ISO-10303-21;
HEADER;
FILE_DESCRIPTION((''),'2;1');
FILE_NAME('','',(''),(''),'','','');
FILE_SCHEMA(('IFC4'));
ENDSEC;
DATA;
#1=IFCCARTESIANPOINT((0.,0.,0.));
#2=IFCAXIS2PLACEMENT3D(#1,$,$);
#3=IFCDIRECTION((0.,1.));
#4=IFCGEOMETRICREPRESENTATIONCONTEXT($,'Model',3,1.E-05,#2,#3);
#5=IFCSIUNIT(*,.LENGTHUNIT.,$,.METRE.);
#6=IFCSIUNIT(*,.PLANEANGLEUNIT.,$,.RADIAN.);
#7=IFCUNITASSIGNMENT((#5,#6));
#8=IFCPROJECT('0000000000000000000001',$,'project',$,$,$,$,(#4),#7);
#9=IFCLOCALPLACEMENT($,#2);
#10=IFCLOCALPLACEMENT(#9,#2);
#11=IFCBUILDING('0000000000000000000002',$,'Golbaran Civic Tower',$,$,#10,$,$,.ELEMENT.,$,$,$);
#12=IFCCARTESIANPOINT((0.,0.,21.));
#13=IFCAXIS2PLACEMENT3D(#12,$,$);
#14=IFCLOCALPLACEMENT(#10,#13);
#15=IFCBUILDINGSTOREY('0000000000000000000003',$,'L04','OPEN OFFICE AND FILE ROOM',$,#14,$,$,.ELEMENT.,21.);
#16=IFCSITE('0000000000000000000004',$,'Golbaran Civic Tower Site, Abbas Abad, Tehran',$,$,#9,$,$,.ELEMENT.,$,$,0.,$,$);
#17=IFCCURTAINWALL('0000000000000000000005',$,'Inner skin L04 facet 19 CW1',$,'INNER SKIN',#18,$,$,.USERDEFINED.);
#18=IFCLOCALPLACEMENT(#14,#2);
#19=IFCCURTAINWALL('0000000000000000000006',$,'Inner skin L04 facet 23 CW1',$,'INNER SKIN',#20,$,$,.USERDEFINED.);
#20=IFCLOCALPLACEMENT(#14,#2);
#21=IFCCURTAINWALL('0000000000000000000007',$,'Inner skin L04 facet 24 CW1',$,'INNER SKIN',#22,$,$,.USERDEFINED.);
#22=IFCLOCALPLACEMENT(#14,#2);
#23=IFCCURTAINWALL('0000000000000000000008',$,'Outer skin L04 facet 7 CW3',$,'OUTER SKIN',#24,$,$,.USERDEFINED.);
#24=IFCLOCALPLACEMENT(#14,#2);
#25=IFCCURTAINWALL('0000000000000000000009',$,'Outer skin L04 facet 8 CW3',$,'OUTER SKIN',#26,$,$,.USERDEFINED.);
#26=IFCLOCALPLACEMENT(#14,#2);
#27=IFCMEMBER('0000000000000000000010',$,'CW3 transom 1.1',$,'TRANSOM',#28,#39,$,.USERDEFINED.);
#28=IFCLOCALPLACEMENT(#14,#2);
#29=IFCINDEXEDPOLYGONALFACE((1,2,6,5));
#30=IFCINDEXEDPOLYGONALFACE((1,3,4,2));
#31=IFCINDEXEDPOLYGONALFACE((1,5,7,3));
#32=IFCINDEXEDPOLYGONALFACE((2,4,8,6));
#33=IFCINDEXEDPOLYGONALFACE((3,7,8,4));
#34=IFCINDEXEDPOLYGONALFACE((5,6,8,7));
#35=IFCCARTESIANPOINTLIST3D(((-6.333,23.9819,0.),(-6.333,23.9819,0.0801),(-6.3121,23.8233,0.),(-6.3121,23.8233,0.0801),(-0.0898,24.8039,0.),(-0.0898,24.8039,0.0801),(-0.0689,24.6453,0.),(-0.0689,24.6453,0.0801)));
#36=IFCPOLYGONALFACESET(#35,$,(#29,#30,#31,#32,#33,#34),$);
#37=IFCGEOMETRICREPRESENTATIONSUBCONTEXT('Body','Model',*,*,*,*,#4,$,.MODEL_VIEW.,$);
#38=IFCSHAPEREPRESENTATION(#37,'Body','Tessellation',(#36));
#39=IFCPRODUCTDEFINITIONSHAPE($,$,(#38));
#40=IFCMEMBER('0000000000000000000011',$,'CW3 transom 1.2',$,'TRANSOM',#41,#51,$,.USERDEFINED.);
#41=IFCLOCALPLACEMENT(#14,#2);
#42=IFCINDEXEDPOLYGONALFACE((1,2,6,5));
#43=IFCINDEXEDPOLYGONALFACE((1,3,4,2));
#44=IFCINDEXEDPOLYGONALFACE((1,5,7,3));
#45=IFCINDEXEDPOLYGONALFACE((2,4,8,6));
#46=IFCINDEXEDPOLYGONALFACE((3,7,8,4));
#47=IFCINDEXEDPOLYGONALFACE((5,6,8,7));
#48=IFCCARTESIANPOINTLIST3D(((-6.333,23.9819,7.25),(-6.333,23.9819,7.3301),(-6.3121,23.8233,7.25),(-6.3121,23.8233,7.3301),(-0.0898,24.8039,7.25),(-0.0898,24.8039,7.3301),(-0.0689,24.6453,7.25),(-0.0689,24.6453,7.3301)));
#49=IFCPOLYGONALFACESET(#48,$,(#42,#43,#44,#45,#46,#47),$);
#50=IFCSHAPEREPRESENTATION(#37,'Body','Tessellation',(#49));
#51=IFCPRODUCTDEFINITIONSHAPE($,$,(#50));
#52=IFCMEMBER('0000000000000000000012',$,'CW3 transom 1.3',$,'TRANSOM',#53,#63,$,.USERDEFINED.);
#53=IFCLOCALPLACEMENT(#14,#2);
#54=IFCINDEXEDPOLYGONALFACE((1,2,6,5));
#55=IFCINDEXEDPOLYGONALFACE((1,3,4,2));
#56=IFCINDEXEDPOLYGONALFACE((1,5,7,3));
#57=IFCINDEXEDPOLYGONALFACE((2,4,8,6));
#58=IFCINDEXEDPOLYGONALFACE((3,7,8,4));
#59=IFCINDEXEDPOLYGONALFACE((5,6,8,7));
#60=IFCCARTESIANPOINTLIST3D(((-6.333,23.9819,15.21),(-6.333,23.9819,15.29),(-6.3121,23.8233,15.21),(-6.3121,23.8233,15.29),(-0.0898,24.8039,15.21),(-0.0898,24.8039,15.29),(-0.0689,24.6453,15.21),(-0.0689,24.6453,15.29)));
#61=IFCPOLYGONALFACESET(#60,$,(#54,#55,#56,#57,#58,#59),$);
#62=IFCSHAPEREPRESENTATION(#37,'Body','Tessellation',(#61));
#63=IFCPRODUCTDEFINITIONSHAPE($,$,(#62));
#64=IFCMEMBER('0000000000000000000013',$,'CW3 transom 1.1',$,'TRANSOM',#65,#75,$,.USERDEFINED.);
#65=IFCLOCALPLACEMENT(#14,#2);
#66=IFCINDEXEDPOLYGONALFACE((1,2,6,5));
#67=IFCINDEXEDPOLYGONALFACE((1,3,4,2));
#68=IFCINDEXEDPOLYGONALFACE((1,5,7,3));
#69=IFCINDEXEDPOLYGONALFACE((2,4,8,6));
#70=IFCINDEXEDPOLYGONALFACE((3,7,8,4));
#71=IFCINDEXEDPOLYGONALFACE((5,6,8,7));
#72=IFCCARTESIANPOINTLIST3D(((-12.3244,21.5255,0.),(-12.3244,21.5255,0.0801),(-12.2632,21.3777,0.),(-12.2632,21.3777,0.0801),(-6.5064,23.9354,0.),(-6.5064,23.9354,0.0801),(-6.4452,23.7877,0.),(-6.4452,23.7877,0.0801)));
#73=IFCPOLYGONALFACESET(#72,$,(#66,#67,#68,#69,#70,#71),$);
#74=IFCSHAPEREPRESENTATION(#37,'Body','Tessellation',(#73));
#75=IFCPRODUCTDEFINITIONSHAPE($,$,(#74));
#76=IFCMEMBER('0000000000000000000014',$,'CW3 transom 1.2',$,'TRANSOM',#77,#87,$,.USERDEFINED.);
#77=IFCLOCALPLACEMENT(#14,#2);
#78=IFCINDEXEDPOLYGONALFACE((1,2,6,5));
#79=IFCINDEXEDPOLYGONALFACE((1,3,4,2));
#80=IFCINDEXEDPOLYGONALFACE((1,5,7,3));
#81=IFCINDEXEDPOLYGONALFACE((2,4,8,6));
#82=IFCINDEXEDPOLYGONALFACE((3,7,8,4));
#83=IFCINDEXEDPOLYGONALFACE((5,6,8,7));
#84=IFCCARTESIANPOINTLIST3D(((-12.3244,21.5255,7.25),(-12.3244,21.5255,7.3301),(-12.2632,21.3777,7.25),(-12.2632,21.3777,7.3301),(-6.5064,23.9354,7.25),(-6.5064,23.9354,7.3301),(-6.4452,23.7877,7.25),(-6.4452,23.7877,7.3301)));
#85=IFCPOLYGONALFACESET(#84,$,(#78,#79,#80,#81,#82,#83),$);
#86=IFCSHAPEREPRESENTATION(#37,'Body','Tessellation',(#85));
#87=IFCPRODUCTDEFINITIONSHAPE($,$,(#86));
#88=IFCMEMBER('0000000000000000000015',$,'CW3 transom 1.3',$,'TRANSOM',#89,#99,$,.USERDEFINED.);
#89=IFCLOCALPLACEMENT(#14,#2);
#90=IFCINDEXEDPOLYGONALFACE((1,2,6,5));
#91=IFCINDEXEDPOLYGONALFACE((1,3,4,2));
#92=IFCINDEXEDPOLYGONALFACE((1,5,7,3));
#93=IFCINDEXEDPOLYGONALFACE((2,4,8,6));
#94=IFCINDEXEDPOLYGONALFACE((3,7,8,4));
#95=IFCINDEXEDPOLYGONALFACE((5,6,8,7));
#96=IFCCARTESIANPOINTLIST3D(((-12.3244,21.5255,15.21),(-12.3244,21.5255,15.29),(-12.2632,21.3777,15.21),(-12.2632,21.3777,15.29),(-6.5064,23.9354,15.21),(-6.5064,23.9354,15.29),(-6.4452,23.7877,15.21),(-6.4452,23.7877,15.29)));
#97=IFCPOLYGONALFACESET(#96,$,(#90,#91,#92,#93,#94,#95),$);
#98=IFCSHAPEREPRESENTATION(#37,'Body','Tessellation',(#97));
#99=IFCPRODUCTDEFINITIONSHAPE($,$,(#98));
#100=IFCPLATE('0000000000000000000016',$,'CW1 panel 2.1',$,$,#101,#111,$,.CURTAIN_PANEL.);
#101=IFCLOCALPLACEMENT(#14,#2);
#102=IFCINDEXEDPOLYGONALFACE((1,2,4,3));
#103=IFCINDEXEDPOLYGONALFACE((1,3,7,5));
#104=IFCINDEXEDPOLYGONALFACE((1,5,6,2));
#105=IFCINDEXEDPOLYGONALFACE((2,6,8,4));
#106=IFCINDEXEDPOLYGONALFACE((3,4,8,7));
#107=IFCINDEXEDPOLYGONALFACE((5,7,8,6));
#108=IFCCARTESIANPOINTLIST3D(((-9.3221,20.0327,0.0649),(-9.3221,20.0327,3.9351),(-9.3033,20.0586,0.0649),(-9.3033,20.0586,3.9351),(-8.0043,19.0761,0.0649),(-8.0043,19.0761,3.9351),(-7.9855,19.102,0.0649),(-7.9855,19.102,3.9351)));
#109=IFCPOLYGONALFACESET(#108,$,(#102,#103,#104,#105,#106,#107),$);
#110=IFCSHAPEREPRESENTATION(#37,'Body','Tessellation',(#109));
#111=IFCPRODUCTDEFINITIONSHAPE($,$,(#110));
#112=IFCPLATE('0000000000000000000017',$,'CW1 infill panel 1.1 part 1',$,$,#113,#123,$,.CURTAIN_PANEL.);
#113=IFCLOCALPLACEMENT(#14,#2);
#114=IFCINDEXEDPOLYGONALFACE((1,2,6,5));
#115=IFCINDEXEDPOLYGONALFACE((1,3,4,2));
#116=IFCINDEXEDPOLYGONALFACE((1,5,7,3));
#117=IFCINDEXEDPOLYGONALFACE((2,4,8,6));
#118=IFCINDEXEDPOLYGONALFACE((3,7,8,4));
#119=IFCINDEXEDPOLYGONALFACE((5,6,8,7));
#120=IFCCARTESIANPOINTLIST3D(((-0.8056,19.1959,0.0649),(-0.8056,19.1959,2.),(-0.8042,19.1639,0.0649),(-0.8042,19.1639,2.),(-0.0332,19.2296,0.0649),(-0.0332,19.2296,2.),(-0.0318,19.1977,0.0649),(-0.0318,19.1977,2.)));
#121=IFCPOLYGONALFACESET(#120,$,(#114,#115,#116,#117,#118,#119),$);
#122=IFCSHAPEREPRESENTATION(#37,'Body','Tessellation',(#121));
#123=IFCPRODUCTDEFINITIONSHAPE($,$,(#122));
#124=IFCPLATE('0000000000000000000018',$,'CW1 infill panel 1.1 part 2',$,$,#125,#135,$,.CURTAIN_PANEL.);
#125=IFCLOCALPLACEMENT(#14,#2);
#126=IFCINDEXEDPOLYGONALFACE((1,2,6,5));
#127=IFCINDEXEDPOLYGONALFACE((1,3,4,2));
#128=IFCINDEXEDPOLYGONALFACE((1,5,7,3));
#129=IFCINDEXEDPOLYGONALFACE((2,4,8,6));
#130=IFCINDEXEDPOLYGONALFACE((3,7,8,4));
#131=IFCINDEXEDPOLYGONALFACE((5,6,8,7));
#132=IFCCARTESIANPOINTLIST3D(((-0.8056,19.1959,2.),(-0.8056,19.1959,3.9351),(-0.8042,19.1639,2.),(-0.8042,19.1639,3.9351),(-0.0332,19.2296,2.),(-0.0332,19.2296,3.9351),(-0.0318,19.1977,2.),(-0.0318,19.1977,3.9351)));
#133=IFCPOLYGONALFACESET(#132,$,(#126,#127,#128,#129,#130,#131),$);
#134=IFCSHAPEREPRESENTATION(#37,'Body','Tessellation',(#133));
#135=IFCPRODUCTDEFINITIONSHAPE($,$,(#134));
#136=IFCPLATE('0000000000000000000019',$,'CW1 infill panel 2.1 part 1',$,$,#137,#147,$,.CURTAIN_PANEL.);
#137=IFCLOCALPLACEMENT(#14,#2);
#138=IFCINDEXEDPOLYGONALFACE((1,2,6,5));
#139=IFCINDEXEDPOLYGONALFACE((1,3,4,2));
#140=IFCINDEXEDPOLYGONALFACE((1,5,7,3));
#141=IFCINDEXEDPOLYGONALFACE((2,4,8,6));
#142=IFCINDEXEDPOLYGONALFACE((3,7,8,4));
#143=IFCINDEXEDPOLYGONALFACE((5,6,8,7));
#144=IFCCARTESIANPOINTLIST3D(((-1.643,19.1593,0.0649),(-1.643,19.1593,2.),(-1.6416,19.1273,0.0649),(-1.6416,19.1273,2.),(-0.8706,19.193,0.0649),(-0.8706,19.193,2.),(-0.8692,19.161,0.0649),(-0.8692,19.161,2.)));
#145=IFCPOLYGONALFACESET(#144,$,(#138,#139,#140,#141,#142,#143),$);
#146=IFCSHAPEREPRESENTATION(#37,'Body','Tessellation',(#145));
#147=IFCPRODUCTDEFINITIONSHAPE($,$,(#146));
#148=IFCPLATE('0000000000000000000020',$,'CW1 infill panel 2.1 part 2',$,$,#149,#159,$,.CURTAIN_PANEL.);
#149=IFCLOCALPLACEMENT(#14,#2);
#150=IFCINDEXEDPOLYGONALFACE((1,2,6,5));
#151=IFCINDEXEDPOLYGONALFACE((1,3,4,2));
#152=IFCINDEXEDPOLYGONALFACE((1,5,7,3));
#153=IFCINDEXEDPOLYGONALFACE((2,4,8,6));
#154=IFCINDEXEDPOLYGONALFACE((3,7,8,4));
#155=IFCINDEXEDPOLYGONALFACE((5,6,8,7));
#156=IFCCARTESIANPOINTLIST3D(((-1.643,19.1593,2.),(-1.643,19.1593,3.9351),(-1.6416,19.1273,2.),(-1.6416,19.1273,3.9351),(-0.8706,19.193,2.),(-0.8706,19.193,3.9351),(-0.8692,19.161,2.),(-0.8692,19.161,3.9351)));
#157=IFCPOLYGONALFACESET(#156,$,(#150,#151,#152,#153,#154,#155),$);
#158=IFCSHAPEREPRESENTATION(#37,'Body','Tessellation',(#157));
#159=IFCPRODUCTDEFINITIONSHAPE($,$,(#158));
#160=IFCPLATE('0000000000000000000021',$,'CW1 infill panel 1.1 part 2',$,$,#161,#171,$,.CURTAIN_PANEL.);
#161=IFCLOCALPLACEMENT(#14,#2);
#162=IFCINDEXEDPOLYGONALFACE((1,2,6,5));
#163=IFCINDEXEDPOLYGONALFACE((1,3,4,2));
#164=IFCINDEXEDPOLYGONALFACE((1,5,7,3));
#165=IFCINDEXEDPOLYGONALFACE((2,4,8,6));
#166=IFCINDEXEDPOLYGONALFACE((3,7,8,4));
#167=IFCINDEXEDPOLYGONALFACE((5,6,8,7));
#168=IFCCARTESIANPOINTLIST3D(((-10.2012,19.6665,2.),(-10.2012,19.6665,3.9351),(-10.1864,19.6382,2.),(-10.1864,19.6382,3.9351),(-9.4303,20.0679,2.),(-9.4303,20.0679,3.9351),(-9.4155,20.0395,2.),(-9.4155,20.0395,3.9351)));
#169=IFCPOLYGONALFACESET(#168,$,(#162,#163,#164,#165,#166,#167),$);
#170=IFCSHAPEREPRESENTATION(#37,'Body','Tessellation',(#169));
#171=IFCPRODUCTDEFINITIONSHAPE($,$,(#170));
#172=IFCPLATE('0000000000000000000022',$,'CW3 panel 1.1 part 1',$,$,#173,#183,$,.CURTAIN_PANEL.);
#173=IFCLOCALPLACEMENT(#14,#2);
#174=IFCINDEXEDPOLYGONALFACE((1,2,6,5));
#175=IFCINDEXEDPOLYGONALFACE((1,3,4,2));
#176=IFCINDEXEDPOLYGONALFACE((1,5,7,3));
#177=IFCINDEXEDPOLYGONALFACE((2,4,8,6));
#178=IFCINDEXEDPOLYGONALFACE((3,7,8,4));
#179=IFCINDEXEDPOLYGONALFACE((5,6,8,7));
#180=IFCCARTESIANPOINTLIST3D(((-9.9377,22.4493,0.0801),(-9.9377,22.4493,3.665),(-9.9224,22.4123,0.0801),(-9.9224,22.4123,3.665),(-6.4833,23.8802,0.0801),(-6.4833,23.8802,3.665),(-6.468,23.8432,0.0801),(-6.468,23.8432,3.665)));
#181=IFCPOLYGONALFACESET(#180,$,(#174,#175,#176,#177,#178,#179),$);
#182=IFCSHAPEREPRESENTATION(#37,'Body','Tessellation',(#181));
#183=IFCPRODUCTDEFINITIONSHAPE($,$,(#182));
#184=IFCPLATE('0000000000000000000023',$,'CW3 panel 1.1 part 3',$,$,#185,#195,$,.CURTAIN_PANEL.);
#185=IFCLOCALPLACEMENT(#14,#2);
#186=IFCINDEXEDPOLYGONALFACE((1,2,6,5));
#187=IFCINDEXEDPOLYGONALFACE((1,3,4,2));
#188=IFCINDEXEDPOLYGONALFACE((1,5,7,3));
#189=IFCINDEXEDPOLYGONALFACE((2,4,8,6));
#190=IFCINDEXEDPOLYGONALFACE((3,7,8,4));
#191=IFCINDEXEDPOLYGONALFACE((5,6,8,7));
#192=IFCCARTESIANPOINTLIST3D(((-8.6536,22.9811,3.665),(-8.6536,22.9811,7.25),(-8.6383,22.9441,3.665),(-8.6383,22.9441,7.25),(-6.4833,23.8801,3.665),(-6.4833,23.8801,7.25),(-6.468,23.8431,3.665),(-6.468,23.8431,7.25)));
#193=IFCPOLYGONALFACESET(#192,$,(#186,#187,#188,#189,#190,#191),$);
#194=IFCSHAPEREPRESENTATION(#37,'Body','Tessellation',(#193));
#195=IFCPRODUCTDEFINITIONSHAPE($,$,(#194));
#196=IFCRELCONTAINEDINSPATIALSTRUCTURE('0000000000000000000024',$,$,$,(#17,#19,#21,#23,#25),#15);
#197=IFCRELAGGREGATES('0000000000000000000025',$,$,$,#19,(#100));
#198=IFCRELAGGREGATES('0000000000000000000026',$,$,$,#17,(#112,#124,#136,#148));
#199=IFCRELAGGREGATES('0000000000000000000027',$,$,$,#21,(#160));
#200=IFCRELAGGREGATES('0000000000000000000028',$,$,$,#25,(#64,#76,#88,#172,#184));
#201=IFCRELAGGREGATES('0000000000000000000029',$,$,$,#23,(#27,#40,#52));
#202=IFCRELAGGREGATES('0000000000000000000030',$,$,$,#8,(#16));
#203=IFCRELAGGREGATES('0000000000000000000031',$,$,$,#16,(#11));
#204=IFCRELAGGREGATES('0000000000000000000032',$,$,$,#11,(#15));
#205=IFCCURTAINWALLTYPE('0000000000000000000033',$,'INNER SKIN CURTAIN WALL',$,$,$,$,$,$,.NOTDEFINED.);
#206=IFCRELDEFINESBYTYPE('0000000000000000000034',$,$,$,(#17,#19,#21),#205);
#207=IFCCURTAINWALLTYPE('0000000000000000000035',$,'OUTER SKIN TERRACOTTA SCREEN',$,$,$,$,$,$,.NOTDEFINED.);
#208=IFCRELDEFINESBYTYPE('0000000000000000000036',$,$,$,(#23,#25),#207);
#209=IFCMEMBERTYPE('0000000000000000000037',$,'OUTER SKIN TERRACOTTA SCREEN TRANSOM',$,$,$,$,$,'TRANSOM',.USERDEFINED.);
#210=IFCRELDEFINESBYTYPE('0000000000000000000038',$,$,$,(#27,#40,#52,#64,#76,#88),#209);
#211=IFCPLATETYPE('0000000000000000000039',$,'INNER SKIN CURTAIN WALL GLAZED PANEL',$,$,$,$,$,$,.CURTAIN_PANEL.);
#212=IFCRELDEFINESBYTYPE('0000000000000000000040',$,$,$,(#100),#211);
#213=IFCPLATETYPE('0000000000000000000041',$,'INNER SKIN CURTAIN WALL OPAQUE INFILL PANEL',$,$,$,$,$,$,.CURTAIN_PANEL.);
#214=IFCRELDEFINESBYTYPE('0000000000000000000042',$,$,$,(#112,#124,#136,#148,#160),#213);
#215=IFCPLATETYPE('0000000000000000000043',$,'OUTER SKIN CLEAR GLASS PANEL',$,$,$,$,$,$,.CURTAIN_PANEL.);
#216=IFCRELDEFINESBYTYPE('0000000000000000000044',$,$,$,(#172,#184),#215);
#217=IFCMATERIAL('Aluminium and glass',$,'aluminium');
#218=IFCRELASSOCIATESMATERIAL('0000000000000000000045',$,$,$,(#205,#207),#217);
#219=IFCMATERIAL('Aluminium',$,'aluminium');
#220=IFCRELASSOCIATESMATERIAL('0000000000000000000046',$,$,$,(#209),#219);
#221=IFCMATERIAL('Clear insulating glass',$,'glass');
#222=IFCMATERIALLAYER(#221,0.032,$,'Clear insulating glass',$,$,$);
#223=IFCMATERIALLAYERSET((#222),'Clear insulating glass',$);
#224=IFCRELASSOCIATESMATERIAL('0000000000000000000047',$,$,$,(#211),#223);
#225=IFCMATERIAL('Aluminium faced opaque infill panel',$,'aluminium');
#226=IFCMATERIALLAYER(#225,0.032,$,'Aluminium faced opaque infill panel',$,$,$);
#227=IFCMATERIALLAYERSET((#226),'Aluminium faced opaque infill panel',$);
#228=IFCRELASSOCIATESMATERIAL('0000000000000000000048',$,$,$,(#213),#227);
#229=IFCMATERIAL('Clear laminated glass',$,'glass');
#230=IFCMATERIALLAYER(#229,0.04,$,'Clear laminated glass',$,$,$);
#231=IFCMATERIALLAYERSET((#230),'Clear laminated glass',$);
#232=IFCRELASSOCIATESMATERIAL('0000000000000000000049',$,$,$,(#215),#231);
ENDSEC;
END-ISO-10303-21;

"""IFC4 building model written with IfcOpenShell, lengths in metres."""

from ifc_helpers import new_model, si_unit, direction, frame, origin, origin_2d, place, context, subcontext, project, spatial, rectangle, extrude, material, layer, layer_set, material_profile, profile_set, type_object, element, aggregate, save


model = new_model("IFC4")

# Units and contexts
model_context = context("Model", 3, precision=1e-05, world=origin(), true_north=direction((0.0, 1.0)))
body_context = subcontext(model_context, "Body", "Model", "MODEL_VIEW")
ifc_project = project(units=[si_unit("LENGTHUNIT", "METRE"), si_unit("PLANEANGLEUNIT", "RADIAN")], contexts=[model_context])

# Site, building, storey
site_placement = place(None, origin())
site = spatial("IfcSite", under=ifc_project, at=site_placement, Name="Golbaran Civic Tower Site, Abbas Abad, Tehran", CompositionType="ELEMENT", RefElevation=0.0)
building_placement = place(site_placement, origin())
building = spatial("IfcBuilding", under=site, at=building_placement, Name="Golbaran Civic Tower", CompositionType="ELEMENT")
storey_placement = place(building_placement, frame((0.0, 0.0, 21.0)))
storey = spatial("IfcBuildingStorey", under=building, at=storey_placement, Name="L04", Description="OPEN OFFICE AND FILE ROOM", CompositionType="ELEMENT", Elevation=21.0)

# Curtain wall
ifc_material_1 = material(Name="Aluminium and glass", Category="aluminium")
curtain_wall_type_1 = type_object("IfcCurtainWallType", Name="INNER SKIN CURTAIN WALL", PredefinedType="NOTDEFINED", material=ifc_material_1)
curtain_wall_1_placement = place(storey_placement, origin())
curtain_wall_1 = element("IfcCurtainWall", 1, at=curtain_wall_1_placement, inside=storey, type_object=curtain_wall_type_1, Name="Inner skin L04 facet 19 CW1", ObjectType="INNER SKIN", PredefinedType="USERDEFINED")
ifc_material_2 = material(Name="Aluminium", Category="aluminium")

# Curtain walls
curtain_wall_2_placement = place(storey_placement, origin())
curtain_wall_2 = element("IfcCurtainWall", 2, at=curtain_wall_2_placement, inside=storey, type_object=curtain_wall_type_1, Name="Inner skin L04 facet 23 CW1", ObjectType="INNER SKIN", PredefinedType="USERDEFINED")
curtain_wall_3_placement = place(storey_placement, origin())
curtain_wall_3 = element("IfcCurtainWall", 3, at=curtain_wall_3_placement, inside=storey, type_object=curtain_wall_type_1, Name="Inner skin L04 facet 24 CW1", ObjectType="INNER SKIN", PredefinedType="USERDEFINED")

# Curtain wall
curtain_wall_type_2 = type_object("IfcCurtainWallType", Name="OUTER SKIN TERRACOTTA SCREEN", PredefinedType="NOTDEFINED", material=ifc_material_1)
curtain_wall_4_placement = place(storey_placement, origin())
curtain_wall_4 = element("IfcCurtainWall", 4, at=curtain_wall_4_placement, inside=storey, type_object=curtain_wall_type_2, Name="Outer skin L04 facet 7 CW3", ObjectType="OUTER SKIN", PredefinedType="USERDEFINED")

# Curtain wall
curtain_wall_5_placement = place(storey_placement, origin())
curtain_wall_5 = element("IfcCurtainWall", 5, at=curtain_wall_5_placement, inside=storey, type_object=curtain_wall_type_2, Name="Outer skin L04 facet 8 CW3", ObjectType="OUTER SKIN", PredefinedType="USERDEFINED")

# Members
ifc_material_profile_1 = material_profile(ifc_material_2, rectangle(XDim=0.1599, YDim=0.0801, at=origin_2d()), Name="OUTER SKIN TERRACOTTA SCREEN TRANSOM")
ifc_profile_set_1 = profile_set([ifc_material_profile_1], Name="Aluminium")
member_type_1 = type_object("IfcMemberType", Name="OUTER SKIN TERRACOTTA SCREEN TRANSOM", ElementType="TRANSOM", PredefinedType="USERDEFINED", material=ifc_profile_set_1)
member_1_placement = place(storey_placement, frame((-0.0793, 24.7246, 0.04), z_axis=(-0.991443, -0.130541, 0.0), x_axis=(0.130541, -0.991443, 0.0)))
member_1 = element("IfcMember", 6, at=member_1_placement, type_object=member_type_1, Name="CW3 transom 1.1", ObjectType="TRANSOM", PredefinedType="USERDEFINED", context=body_context, shape_type="SweptSolid", body=[
    extrude(rectangle(XDim=0.1599, YDim=0.0801, at=origin_2d()), origin(), (0.0, 0.0, 1.0), 6.2971),
])
member_2_placement = place(storey_placement, frame((-0.0793, 24.7246, 7.29), z_axis=(-0.991443, -0.130541, 0.0), x_axis=(0.130541, -0.991443, 0.0)))
member_2 = element("IfcMember", 7, at=member_2_placement, type_object=member_type_1, Name="CW3 transom 1.2", ObjectType="TRANSOM", PredefinedType="USERDEFINED", context=body_context, shape_type="SweptSolid", body=[
    extrude(rectangle(XDim=0.1599, YDim=0.0801, at=origin_2d()), origin(), (0.0, 0.0, 1.0), 6.2971),
])
member_3_placement = place(storey_placement, frame((-0.0793, 24.7246, 15.25), z_axis=(-0.991443, -0.130541, 0.0), x_axis=(0.130541, -0.991443, 0.0)))
member_3 = element("IfcMember", 8, at=member_3_placement, type_object=member_type_1, Name="CW3 transom 1.3", ObjectType="TRANSOM", PredefinedType="USERDEFINED", context=body_context, shape_type="SweptSolid", body=[
    extrude(rectangle(XDim=0.1599, YDim=0.0801, at=origin_2d()), origin(), (0.0, 0.0, 1.0), 6.2971),
])
member_4_placement = place(storey_placement, frame((-6.4758, 23.8616, 0.04), z_axis=(-0.923876, -0.382693, 0.0), x_axis=(0.382693, -0.923876, 0.0)))
member_4 = element("IfcMember", 9, at=member_4_placement, type_object=member_type_1, Name="CW3 transom 1.1", ObjectType="TRANSOM", PredefinedType="USERDEFINED", context=body_context, shape_type="SweptSolid", body=[
    extrude(rectangle(XDim=0.1599, YDim=0.0801, at=origin_2d()), origin(), (0.0, 0.0, 1.0), 6.2974),
])
member_5_placement = place(storey_placement, frame((-6.4758, 23.8616, 7.29), z_axis=(-0.923876, -0.382693, 0.0), x_axis=(0.382693, -0.923876, 0.0)))
member_5 = element("IfcMember", 10, at=member_5_placement, type_object=member_type_1, Name="CW3 transom 1.2", ObjectType="TRANSOM", PredefinedType="USERDEFINED", context=body_context, shape_type="SweptSolid", body=[
    extrude(rectangle(XDim=0.1599, YDim=0.0801, at=origin_2d()), origin(), (0.0, 0.0, 1.0), 6.2974),
])
member_6_placement = place(storey_placement, frame((-6.4758, 23.8616, 15.25), z_axis=(-0.923876, -0.382693, 0.0), x_axis=(0.382693, -0.923876, 0.0)))
member_6 = element("IfcMember", 11, at=member_6_placement, type_object=member_type_1, Name="CW3 transom 1.3", ObjectType="TRANSOM", PredefinedType="USERDEFINED", context=body_context, shape_type="SweptSolid", body=[
    extrude(rectangle(XDim=0.1599, YDim=0.0801, at=origin_2d()), origin(), (0.0, 0.0, 1.0), 6.2974),
])

# Plates
ifc_material_3 = material(Name="Clear insulating glass", Category="glass")
ifc_layer_1 = layer(ifc_material_3, 0.032, Name="Clear insulating glass")
ifc_layer_set_1 = layer_set([ifc_layer_1], Name="Clear insulating glass")
plate_type_1 = type_object("IfcPlateType", Name="INNER SKIN CURTAIN WALL GLAZED PANEL", PredefinedType="CURTAIN_PANEL", material=ifc_layer_set_1)
plate_1_placement = place(storey_placement, frame((-8.6538, 19.5674, 0.0649), z_axis=(0.0, 0.0, 1.0), x_axis=(-0.809274, 0.587431, 0.0)))
plate_1 = element("IfcPlate", 12, at=plate_1_placement, type_object=plate_type_1, Name="CW1 panel 2.1", PredefinedType="CURTAIN_PANEL", context=body_context, shape_type="SweptSolid", body=[
    extrude(rectangle(XDim=1.6284, YDim=0.032, at=origin_2d()), origin(), (0.0, 0.0, 1.0), 3.8701),
])
aggregate(curtain_wall_2, [plate_1])
ifc_material_4 = material(Name="Aluminium faced opaque infill panel", Category="aluminium")
ifc_layer_2 = layer(ifc_material_4, 0.032, Name="Aluminium faced opaque infill panel")
ifc_layer_set_2 = layer_set([ifc_layer_2], Name="Aluminium faced opaque infill panel")
plate_type_2 = type_object("IfcPlateType", Name="INNER SKIN CURTAIN WALL OPAQUE INFILL PANEL", PredefinedType="CURTAIN_PANEL", material=ifc_layer_set_2)
plate_2_placement = place(storey_placement, frame((-0.4187, 19.1968, 0.0649), z_axis=(0.0, 0.0, 1.0), x_axis=(-0.999048, -0.043619, 0.0)))
plate_2 = element("IfcPlate", 13, at=plate_2_placement, type_object=plate_type_2, Name="CW1 infill panel 1.1 part 1", PredefinedType="CURTAIN_PANEL", context=body_context, shape_type="SweptSolid", body=[
    extrude(rectangle(XDim=0.7732, YDim=0.032, at=origin_2d()), origin(), (0.0, 0.0, 1.0), 1.9351),
])
plate_3_placement = place(storey_placement, frame((-0.4187, 19.1968, 2.0), z_axis=(0.0, 0.0, 1.0), x_axis=(-0.999048, -0.043619, 0.0)))
plate_3 = element("IfcPlate", 14, at=plate_3_placement, type_object=plate_type_2, Name="CW1 infill panel 1.1 part 2", PredefinedType="CURTAIN_PANEL", context=body_context, shape_type="SweptSolid", body=[
    extrude(rectangle(XDim=0.7732, YDim=0.032, at=origin_2d()), origin(), (0.0, 0.0, 1.0), 1.9351),
])
plate_4_placement = place(storey_placement, frame((-1.2561, 19.1602, 0.0649), z_axis=(0.0, 0.0, 1.0), x_axis=(-0.999048, -0.043619, 0.0)))
plate_4 = element("IfcPlate", 15, at=plate_4_placement, type_object=plate_type_2, Name="CW1 infill panel 2.1 part 1", PredefinedType="CURTAIN_PANEL", context=body_context, shape_type="SweptSolid", body=[
    extrude(rectangle(XDim=0.7732, YDim=0.032, at=origin_2d()), origin(), (0.0, 0.0, 1.0), 1.9351),
])
plate_5_placement = place(storey_placement, frame((-1.2561, 19.1602, 2.0), z_axis=(0.0, 0.0, 1.0), x_axis=(-0.999048, -0.043619, 0.0)))
plate_5 = element("IfcPlate", 16, at=plate_5_placement, type_object=plate_type_2, Name="CW1 infill panel 2.1 part 2", PredefinedType="CURTAIN_PANEL", context=body_context, shape_type="SweptSolid", body=[
    extrude(rectangle(XDim=0.7732, YDim=0.032, at=origin_2d()), origin(), (0.0, 0.0, 1.0), 1.9351),
])
aggregate(curtain_wall_1, [plate_2, plate_3, plate_4, plate_5])
plate_6_placement = place(storey_placement, frame((-9.8083, 19.853, 2.0), z_axis=(0.0, 0.0, 1.0), x_axis=(-0.887011, -0.461749, 0.0)))
plate_6 = element("IfcPlate", 17, at=plate_6_placement, type_object=plate_type_2, Name="CW1 infill panel 1.1 part 2", PredefinedType="CURTAIN_PANEL", context=body_context, shape_type="SweptSolid", body=[
    extrude(rectangle(XDim=0.8691, YDim=0.032, at=origin_2d()), origin(), (0.0, 0.0, 1.0), 1.9351),
])
aggregate(curtain_wall_3, [plate_6])
ifc_material_5 = material(Name="Clear laminated glass", Category="glass")
ifc_layer_3 = layer(ifc_material_5, 0.04, Name="Clear laminated glass")
ifc_layer_set_3 = layer_set([ifc_layer_3], Name="Clear laminated glass")
plate_type_3 = type_object("IfcPlateType", Name="OUTER SKIN CLEAR GLASS PANEL", PredefinedType="CURTAIN_PANEL", material=ifc_layer_set_3)
plate_7_placement = place(storey_placement, frame((-8.2029, 23.1462, 0.0801), z_axis=(0.0, 0.0, 1.0), x_axis=(-0.92388, -0.382683, 0.0)))
plate_7 = element("IfcPlate", 18, at=plate_7_placement, type_object=plate_type_3, Name="CW3 panel 1.1 part 1", PredefinedType="CURTAIN_PANEL", context=body_context, shape_type="SweptSolid", body=[
    extrude(rectangle(XDim=3.739, YDim=0.04, at=origin_2d()), origin(), (0.0, 0.0, 1.0), 3.585),
])
plate_8_placement = place(storey_placement, frame((-7.5608, 23.4121, 3.665), z_axis=(0.0, 0.0, 1.0), x_axis=(-0.92388, -0.382683, 0.0)))
plate_8 = element("IfcPlate", 19, at=plate_8_placement, type_object=plate_type_3, Name="CW3 panel 1.1 part 3", PredefinedType="CURTAIN_PANEL", context=body_context, shape_type="SweptSolid", body=[
    extrude(rectangle(XDim=2.3491, YDim=0.04, at=origin_2d()), origin(), (0.0, 0.0, 1.0), 3.585),
])
aggregate(curtain_wall_5, [member_4, member_5, member_6, plate_7, plate_8])
aggregate(curtain_wall_4, [member_1, member_2, member_3])

save(model, "model.ifc")
